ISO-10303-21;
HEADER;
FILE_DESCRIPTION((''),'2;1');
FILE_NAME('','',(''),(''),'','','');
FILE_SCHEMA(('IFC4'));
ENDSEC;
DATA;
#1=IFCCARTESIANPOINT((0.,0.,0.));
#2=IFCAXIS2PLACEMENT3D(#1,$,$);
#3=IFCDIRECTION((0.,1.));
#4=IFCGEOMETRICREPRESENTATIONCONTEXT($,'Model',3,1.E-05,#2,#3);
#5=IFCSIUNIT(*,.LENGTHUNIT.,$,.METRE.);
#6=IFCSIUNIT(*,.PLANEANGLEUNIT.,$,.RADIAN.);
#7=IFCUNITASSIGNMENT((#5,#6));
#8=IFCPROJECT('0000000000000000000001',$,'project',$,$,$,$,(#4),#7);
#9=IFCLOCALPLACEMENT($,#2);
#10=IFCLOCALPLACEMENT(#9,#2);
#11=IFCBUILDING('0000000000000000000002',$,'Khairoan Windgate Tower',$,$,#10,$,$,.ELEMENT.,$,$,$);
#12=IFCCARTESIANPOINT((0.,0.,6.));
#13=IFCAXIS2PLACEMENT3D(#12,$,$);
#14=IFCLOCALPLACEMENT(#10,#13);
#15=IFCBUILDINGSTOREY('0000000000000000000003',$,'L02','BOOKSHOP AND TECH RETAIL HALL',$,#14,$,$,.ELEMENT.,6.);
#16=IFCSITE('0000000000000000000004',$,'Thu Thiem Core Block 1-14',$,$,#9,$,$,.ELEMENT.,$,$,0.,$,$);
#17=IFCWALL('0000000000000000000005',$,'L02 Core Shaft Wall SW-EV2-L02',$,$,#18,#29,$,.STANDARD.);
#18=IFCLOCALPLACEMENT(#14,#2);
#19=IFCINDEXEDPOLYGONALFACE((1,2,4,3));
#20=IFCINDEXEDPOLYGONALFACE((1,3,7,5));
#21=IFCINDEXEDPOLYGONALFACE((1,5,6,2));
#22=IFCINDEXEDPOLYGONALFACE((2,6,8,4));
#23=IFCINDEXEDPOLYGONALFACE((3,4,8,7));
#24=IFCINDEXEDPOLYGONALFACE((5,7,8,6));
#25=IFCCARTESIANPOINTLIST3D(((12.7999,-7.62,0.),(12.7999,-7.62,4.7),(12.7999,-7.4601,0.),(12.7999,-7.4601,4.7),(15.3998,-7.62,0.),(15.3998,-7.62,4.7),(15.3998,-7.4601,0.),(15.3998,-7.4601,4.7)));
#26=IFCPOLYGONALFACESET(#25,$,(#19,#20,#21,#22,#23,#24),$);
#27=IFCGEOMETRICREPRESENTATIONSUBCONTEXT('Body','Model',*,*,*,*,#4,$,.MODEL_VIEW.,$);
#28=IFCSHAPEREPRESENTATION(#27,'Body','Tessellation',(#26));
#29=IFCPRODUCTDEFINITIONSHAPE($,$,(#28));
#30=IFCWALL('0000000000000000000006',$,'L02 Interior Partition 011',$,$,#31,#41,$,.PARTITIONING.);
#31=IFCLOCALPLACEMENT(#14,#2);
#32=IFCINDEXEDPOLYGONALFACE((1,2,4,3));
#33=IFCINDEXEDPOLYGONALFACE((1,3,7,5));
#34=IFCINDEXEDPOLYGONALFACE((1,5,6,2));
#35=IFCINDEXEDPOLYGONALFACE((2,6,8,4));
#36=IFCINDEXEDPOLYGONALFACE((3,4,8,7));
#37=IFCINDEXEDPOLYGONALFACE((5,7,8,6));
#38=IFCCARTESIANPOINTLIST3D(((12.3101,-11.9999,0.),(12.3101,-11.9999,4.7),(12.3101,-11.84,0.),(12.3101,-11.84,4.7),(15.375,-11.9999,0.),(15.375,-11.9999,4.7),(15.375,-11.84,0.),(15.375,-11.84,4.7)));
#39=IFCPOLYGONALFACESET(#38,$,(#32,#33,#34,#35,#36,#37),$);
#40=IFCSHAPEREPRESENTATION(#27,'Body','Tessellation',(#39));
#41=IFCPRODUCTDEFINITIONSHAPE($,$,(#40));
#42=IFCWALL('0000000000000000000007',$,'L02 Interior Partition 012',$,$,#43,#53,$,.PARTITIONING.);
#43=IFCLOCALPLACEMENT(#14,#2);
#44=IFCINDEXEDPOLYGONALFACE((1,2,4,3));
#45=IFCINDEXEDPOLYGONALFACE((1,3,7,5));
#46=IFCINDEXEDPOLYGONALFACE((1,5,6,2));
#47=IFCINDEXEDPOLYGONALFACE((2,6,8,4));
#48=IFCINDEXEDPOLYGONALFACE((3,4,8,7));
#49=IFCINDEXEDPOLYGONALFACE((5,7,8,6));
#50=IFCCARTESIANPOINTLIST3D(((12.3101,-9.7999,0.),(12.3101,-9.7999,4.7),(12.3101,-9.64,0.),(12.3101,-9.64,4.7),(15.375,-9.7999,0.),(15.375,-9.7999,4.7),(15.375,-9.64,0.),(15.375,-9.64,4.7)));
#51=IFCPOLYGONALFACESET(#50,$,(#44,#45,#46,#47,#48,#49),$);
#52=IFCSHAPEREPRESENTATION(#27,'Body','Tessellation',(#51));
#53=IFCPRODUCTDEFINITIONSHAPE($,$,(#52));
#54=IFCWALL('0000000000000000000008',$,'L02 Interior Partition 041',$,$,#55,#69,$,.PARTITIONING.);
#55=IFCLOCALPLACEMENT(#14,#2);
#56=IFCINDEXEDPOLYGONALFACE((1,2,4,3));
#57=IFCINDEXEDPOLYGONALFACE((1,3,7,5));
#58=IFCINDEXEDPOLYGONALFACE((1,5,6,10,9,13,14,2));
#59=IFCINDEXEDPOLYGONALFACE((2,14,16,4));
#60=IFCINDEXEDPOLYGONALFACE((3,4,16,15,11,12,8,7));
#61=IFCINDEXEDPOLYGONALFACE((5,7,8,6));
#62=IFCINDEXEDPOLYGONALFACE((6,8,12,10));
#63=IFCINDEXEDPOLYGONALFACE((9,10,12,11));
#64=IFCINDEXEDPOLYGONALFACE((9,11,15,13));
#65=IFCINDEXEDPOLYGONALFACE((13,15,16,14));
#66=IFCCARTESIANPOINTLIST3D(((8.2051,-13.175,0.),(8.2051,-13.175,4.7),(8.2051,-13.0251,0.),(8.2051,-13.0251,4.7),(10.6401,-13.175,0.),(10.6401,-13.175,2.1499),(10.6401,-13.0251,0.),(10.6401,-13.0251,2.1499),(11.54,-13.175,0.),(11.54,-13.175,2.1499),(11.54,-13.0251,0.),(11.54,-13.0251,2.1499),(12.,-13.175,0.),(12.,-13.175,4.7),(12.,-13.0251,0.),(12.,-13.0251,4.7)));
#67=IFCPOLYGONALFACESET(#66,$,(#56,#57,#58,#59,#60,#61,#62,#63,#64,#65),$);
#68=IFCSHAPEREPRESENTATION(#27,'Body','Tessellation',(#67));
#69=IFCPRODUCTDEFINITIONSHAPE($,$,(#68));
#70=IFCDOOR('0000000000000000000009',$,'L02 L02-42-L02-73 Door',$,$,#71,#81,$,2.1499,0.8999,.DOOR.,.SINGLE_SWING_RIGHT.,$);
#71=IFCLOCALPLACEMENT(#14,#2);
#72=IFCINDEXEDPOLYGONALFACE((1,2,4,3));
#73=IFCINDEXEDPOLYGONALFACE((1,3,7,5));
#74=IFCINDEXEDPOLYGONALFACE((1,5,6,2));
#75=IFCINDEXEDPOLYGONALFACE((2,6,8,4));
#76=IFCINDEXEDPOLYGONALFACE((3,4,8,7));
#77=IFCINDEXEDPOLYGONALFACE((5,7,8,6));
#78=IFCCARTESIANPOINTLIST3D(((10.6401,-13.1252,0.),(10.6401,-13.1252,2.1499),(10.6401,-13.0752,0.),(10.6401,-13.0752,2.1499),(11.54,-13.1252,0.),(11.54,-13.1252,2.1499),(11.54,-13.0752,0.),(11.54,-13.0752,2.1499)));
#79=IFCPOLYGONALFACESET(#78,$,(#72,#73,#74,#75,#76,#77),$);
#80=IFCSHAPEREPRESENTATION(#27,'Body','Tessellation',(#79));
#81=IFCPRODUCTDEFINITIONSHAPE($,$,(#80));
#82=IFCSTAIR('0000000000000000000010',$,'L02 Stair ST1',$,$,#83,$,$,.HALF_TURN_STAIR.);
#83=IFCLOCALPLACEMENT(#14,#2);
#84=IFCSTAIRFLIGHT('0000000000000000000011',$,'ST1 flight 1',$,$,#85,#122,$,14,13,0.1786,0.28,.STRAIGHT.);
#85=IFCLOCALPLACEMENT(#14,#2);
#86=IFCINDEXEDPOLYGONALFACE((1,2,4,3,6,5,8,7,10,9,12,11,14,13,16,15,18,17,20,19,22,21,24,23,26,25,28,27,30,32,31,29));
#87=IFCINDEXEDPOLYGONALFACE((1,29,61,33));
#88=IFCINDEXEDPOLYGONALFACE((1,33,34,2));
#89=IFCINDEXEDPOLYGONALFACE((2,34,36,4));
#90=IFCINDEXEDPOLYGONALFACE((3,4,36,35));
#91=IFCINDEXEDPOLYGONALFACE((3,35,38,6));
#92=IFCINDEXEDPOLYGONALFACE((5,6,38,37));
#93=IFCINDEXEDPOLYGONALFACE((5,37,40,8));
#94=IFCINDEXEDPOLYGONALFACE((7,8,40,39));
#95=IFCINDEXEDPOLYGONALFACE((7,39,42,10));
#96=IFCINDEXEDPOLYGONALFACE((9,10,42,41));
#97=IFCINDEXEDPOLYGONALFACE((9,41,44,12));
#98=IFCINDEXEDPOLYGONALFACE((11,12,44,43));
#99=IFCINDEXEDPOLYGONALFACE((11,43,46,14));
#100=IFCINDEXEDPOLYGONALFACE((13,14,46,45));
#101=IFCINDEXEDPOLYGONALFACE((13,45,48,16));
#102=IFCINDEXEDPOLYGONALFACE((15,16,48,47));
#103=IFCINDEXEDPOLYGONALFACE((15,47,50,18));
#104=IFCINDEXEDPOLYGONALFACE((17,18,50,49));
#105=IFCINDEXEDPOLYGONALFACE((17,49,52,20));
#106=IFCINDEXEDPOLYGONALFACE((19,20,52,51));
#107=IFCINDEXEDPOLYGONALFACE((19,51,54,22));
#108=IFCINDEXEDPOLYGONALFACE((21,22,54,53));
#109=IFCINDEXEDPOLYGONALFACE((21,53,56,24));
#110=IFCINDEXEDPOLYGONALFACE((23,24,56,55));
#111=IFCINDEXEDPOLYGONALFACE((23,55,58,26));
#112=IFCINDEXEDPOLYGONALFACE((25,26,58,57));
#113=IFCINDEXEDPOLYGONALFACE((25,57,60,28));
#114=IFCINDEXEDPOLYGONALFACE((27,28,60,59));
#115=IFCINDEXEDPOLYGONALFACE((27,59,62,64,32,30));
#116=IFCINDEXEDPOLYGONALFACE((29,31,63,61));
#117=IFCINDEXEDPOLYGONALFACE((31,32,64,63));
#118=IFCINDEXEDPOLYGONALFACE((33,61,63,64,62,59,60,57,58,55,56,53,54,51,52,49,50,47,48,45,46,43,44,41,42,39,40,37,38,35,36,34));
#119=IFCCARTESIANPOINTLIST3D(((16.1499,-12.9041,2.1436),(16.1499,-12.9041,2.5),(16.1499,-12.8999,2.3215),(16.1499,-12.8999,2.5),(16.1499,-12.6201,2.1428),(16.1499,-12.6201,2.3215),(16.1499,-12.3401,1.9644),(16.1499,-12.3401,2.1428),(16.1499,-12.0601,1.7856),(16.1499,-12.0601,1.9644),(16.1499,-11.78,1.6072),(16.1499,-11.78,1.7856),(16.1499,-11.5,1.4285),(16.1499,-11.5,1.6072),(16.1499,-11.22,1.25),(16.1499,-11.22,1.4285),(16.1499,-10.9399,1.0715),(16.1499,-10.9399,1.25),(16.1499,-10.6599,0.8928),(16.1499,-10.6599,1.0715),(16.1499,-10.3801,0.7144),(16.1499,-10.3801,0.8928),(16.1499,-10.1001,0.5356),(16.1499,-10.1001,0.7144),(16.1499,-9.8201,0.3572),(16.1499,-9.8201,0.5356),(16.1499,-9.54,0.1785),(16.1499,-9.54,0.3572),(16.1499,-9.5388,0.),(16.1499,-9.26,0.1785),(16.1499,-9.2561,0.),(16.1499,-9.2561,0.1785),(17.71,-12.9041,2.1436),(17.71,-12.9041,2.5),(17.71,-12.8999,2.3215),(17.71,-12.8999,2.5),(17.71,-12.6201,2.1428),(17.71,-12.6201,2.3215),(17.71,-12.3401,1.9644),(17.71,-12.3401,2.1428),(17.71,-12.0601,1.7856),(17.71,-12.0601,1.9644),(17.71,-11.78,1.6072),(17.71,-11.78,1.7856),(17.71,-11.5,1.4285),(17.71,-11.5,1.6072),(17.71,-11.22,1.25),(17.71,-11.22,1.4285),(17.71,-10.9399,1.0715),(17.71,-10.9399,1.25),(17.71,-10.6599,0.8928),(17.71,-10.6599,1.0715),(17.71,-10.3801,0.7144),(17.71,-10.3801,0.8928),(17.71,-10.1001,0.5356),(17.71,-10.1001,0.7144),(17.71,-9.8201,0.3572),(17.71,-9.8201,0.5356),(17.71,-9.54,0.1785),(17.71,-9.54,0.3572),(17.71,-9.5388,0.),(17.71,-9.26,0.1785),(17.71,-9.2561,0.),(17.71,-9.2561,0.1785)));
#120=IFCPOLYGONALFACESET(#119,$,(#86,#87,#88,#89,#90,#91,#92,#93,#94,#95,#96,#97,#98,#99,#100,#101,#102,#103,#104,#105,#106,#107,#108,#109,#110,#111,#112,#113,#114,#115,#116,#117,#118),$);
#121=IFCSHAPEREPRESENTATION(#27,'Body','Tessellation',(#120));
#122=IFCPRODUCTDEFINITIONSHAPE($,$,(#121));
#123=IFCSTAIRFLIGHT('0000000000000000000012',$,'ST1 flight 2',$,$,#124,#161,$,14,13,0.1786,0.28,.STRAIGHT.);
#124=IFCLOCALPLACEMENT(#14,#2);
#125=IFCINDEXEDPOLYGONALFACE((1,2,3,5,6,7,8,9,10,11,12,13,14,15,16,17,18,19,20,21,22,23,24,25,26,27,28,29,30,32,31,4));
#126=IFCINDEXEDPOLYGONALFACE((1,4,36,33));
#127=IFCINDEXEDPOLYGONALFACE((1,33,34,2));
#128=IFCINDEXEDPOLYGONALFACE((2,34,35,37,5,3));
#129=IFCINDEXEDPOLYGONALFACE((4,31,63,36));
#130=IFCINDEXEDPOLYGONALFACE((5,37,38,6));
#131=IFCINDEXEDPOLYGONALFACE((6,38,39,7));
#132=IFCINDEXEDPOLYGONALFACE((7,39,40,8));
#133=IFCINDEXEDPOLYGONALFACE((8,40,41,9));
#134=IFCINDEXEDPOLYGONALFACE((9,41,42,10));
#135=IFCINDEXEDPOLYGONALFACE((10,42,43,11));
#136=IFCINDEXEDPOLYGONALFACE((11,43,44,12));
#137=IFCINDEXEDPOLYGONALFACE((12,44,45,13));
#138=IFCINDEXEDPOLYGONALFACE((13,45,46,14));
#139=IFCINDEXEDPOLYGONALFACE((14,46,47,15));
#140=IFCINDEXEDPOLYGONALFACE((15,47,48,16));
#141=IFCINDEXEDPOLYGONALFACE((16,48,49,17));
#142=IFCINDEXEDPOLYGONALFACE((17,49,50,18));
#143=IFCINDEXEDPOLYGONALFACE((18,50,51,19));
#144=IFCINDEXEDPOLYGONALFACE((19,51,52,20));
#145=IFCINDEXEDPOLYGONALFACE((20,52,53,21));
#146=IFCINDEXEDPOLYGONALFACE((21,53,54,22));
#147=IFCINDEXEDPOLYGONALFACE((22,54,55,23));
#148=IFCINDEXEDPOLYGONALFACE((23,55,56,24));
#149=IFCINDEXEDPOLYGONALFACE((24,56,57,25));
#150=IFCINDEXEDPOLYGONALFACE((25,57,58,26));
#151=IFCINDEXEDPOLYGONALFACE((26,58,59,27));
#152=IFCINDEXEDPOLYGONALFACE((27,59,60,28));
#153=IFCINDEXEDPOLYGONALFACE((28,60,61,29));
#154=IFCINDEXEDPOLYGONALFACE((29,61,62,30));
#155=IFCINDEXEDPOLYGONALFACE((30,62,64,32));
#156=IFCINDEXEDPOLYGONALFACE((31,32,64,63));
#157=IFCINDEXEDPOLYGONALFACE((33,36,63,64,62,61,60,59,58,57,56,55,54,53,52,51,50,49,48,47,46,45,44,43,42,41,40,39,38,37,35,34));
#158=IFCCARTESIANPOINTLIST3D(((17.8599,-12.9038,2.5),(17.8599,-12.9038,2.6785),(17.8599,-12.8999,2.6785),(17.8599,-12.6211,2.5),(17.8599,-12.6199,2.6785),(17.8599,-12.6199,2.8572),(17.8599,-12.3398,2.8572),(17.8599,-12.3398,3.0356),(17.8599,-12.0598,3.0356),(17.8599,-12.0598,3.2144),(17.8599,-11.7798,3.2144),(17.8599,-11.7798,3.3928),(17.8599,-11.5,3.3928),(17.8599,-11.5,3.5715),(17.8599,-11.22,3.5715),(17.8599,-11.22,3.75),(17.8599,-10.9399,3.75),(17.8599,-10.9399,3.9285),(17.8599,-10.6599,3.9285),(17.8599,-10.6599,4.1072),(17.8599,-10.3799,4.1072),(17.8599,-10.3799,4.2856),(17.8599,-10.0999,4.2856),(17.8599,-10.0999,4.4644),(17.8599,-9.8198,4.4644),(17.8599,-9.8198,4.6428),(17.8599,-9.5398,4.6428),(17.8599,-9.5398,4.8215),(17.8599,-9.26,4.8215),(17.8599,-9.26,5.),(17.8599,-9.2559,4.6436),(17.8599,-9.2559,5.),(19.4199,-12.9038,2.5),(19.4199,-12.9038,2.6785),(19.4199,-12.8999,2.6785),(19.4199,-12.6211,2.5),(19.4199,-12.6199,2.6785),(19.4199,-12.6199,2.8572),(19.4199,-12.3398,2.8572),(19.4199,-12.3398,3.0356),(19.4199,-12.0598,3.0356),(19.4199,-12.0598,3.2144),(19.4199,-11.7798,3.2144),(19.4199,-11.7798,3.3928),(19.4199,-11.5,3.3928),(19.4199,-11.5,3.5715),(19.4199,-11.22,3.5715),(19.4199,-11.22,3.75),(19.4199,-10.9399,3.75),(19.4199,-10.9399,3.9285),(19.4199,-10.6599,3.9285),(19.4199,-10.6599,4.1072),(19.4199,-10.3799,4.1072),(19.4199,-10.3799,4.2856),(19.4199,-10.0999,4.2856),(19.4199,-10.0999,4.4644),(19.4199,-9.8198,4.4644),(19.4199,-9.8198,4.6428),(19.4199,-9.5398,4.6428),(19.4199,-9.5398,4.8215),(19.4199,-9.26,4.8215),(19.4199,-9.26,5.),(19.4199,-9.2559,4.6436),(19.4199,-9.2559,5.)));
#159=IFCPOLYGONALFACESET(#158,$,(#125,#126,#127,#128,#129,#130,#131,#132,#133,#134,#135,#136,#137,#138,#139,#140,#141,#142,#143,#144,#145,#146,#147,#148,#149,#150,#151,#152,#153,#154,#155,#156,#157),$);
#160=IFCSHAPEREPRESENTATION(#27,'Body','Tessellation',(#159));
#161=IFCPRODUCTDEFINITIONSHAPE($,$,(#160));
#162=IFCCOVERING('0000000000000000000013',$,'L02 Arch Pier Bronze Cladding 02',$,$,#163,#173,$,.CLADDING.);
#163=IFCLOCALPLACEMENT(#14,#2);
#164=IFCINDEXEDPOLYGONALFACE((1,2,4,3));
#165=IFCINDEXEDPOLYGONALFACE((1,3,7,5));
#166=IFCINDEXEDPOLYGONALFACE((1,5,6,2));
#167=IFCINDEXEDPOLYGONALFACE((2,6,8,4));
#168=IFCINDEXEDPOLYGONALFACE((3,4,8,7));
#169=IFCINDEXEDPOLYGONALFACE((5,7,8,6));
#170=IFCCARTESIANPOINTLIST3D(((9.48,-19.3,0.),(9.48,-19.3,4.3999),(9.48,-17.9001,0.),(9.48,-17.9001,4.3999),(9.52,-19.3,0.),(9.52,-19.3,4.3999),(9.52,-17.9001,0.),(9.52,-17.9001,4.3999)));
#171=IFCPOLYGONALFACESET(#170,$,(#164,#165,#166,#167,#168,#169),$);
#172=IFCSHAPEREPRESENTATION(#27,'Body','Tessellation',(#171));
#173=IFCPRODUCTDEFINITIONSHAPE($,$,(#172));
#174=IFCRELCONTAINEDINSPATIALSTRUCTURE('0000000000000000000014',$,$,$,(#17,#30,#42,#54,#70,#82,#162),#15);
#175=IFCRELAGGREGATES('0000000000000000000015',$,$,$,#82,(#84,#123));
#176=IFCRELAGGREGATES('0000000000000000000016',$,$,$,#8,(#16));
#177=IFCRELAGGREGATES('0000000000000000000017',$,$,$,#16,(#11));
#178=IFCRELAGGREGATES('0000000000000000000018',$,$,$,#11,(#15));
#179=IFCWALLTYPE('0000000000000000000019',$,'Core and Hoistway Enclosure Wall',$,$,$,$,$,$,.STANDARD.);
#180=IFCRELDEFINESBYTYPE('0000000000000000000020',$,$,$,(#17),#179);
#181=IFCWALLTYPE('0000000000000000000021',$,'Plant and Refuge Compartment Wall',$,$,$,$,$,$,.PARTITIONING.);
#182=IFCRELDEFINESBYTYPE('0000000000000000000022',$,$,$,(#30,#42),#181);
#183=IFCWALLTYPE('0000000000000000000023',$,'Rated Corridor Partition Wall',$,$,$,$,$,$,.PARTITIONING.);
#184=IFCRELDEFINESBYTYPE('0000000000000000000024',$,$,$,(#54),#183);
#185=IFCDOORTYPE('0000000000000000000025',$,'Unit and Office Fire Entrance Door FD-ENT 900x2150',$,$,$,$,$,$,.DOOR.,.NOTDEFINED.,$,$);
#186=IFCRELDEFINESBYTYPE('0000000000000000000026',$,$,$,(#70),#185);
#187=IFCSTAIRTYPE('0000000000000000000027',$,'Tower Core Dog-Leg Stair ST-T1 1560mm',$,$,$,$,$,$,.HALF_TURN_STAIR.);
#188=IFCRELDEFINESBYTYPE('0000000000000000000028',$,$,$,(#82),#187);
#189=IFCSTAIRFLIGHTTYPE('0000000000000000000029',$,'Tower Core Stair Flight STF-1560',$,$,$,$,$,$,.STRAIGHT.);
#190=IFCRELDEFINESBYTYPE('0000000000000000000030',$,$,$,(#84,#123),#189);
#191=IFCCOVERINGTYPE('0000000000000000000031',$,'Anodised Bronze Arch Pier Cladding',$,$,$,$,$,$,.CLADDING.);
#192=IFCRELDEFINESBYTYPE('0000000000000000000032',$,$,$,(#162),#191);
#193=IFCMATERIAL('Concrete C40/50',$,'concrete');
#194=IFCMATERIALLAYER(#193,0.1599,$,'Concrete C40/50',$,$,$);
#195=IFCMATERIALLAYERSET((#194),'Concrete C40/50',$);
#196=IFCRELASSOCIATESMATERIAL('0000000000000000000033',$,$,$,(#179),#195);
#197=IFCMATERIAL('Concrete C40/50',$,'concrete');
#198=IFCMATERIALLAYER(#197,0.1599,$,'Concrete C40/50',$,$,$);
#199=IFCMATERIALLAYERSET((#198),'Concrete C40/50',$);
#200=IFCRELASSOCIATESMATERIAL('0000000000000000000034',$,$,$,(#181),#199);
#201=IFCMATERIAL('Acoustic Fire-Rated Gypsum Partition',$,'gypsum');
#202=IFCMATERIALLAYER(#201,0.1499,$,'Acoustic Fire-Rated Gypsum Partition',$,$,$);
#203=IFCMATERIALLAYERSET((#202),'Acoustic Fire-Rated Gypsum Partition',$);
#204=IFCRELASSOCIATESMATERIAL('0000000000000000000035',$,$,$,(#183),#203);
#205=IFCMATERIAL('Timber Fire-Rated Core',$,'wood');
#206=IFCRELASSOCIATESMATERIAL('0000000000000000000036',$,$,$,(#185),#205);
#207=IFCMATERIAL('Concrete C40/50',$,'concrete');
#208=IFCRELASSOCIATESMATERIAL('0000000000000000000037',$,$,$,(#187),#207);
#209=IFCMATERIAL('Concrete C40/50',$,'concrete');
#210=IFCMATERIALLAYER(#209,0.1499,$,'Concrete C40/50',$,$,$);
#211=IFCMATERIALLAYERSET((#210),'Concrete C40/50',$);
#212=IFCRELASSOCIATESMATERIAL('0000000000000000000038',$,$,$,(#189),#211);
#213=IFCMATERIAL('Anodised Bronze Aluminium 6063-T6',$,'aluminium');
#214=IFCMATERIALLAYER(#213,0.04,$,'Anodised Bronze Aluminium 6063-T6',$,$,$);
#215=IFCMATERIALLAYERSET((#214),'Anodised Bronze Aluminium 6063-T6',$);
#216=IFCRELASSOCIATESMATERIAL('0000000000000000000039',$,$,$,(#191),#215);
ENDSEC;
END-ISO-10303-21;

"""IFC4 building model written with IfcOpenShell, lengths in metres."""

from ifc_helpers import new_model, si_unit, direction, frame, frame_2d, origin, origin_2d, place, context, subcontext, project, spatial, polyline, rectangle, outline, extrude, material, layer, layer_set, type_object, element, fill, aggregate, save


model = new_model("IFC4")

# Units and contexts
model_context = context("Model", 3, precision=1e-05, world=origin(), true_north=direction((0.0, 1.0)))
body_context = subcontext(model_context, "Body", "Model", "MODEL_VIEW")
ifc_project = project(units=[si_unit("LENGTHUNIT", "METRE"), si_unit("PLANEANGLEUNIT", "RADIAN")], contexts=[model_context])

# Site, building, storey
site_placement = place(None, origin())
site = spatial("IfcSite", under=ifc_project, at=site_placement, Name="Thu Thiem Core Block 1-14", CompositionType="ELEMENT", RefElevation=0.0)
building_placement = place(site_placement, origin())
building = spatial("IfcBuilding", under=site, at=building_placement, Name="Khairoan Windgate Tower", CompositionType="ELEMENT")
storey_placement = place(building_placement, frame((0.0, 0.0, 6.0)))
storey = spatial("IfcBuildingStorey", under=building, at=storey_placement, Name="L02", Description="BOOKSHOP AND TECH RETAIL HALL", CompositionType="ELEMENT", Elevation=6.0)

# Walls
ifc_material_1 = material(Name="Concrete C40/50", Category="concrete")
ifc_layer_1 = layer(ifc_material_1, 0.1599, Name="Concrete C40/50")
ifc_layer_set_1 = layer_set([ifc_layer_1], Name="Concrete C40/50")
wall_type_1 = type_object("IfcWallType", Name="Core and Hoistway Enclosure Wall", PredefinedType="STANDARD", material=ifc_layer_set_1)
for number, where, z_axis, x_axis, name in (
    (1, (12.8, -7.54, 0.0), (0.0, 0.0, 1.0), (1.0, 0.0, 0.0), "L02 Core Shaft Wall SW-EV2-L02"),
):
    element("IfcWall", number, at=place(storey_placement, frame(where, z_axis=z_axis, x_axis=x_axis)), inside=storey, type_object=wall_type_1, Name=name, PredefinedType="STANDARD", context=body_context, shape_type="SweptSolid", body=[
        extrude(rectangle(XDim=2.5999, YDim=0.1599, at=frame_2d((1.2998, 0.0))), origin(), (0.0, 0.0, 1.0), 4.7),
    ])
ifc_material_2 = material(Name="Concrete C40/50", Category="concrete")
ifc_layer_2 = layer(ifc_material_2, 0.1599, Name="Concrete C40/50")
ifc_layer_set_2 = layer_set([ifc_layer_2], Name="Concrete C40/50")
wall_type_2 = type_object("IfcWallType", Name="Plant and Refuge Compartment Wall", PredefinedType="PARTITIONING", material=ifc_layer_set_2)
for number, where, z_axis, x_axis, name in (
    (2, (12.3101, -11.9199, 0.0), (0.0, 0.0, 1.0), (1.0, 0.0, 0.0), "L02 Interior Partition 011"),
    (3, (12.3101, -9.72, 0.0), (0.0, 0.0, 1.0), (1.0, 0.0, 0.0), "L02 Interior Partition 012"),
):
    element("IfcWall", number, at=place(storey_placement, frame(where, z_axis=z_axis, x_axis=x_axis)), inside=storey, type_object=wall_type_2, Name=name, PredefinedType="PARTITIONING", context=body_context, shape_type="SweptSolid", body=[
        extrude(rectangle(XDim=3.0649, YDim=0.1599, at=frame_2d((1.5325, 0.0))), origin(), (0.0, 0.0, 1.0), 4.7),
    ])

# Wall, opening, door
ifc_material_3 = material(Name="Acoustic Fire-Rated Gypsum Partition", Category="gypsum")
ifc_layer_3 = layer(ifc_material_3, 0.1499, Name="Acoustic Fire-Rated Gypsum Partition")
ifc_layer_set_3 = layer_set([ifc_layer_3], Name="Acoustic Fire-Rated Gypsum Partition")
wall_type_3 = type_object("IfcWallType", Name="Rated Corridor Partition Wall", PredefinedType="PARTITIONING", material=ifc_layer_set_3)
wall_placement = place(storey_placement, frame((8.2051, -13.1001, 0.0), z_axis=(0.0, 0.0, 1.0), x_axis=(1.0, 0.0, 0.0)))
wall = element("IfcWall", 4, at=wall_placement, inside=storey, type_object=wall_type_3, Name="L02 Interior Partition 041", PredefinedType="PARTITIONING", context=body_context, shape_type="SweptSolid", body=[
    extrude(rectangle(XDim=3.7949, YDim=0.1499, at=frame_2d((1.8975, 0.0))), origin(), (0.0, 0.0, 1.0), 4.7),
])
opening_placement = place(wall_placement, frame((2.4351, 0.0, 0.0)))
opening = element("IfcOpeningElement", 5, at=opening_placement, cuts=wall, PredefinedType="OPENING", context=body_context, shape_type="SweptSolid", body=[
    extrude(rectangle(XDim=0.8999, YDim=2.1499, at=frame_2d((0.45, 1.075))), frame((0.0, 0.085, 0.0), z_axis=(0.0, -1.0, 0.0), x_axis=(1.0, 0.0, 0.0)), (0.0, 0.0, 1.0), 0.1699),
])
ifc_material_4 = material(Name="Timber Fire-Rated Core", Category="wood")
door_type = type_object("IfcDoorType", Name="Unit and Office Fire Entrance Door FD-ENT 900x2150", OperationType="NOTDEFINED", PredefinedType="DOOR", material=ifc_material_4)
door_placement = place(opening_placement, origin())
door = element("IfcDoor", 6, at=door_placement, inside=storey, type_object=door_type, Name="L02 L02-42-L02-73 Door", OperationType="SINGLE_SWING_RIGHT", OverallHeight=2.1499, OverallWidth=0.8999, PredefinedType="DOOR", context=body_context, shape_type="SweptSolid", body=[
    extrude(rectangle(XDim=0.8999, YDim=2.1499, at=frame_2d((0.45, 1.075))), frame((0.0, 0.0249, 0.0), z_axis=(0.0, -1.0, 0.0), x_axis=(1.0, 0.0, 0.0)), (0.0, 0.0, 1.0), 0.05),
])
fill(opening, door)

# Stair, stair flights
ifc_material_5 = material(Name="Concrete C40/50", Category="concrete")
stair_type = type_object("IfcStairType", Name="Tower Core Dog-Leg Stair ST-T1 1560mm", PredefinedType="HALF_TURN_STAIR", material=ifc_material_5)
stair_placement = place(storey_placement, origin())
stair = element("IfcStair", 7, at=stair_placement, inside=storey, type_object=stair_type, Name="L02 Stair ST1", PredefinedType="HALF_TURN_STAIR")
ifc_material_6 = material(Name="Concrete C40/50", Category="concrete")
ifc_layer_4 = layer(ifc_material_6, 0.1499, Name="Concrete C40/50")
ifc_layer_set_4 = layer_set([ifc_layer_4], Name="Concrete C40/50")
stair_flight_type = type_object("IfcStairFlightType", Name="Tower Core Stair Flight STF-1560", PredefinedType="STRAIGHT", material=ifc_layer_set_4)
stair_flight_1_placement = place(storey_placement, frame((16.9299, -9.26, 0.0), z_axis=(0.0, 0.0, 1.0), x_axis=(0.0, -1.0, 0.0)))
stair_flight_1 = element("IfcStairFlight", 8, at=stair_flight_1_placement, type_object=stair_flight_type, Name="ST1 flight 1", NumberOfRisers=14, NumberOfTreads=13, PredefinedType="STRAIGHT", RiserHeight=0.1786, TreadLength=0.28, context=body_context, shape_type="SweptSolid", body=[
    extrude(outline(polyline([(-0.0039, 0.0), (-0.0039, 0.1785), (0.0, 0.1785), (0.28, 0.1785), (0.28, 0.3572), (0.5601, 0.3572), (0.5601, 0.5356), (0.8401, 0.5356), (0.8401, 0.7144), (1.1201, 0.7144), (1.1201, 0.8928), (1.3999, 0.8928), (1.3999, 1.0715), (1.6799, 1.0715), (1.6799, 1.25), (1.96, 1.25), (1.96, 1.4285), (2.24, 1.4285), (2.24, 1.6072), (2.52, 1.6072), (2.52, 1.7856), (2.8, 1.7856), (2.8, 1.9644), (3.0801, 1.9644), (3.0801, 2.1428), (3.3601, 2.1428), (3.3601, 2.3215), (3.6399, 2.3215), (3.6399, 2.5), (3.644, 2.5), (3.644, 2.1436), (0.2788, 0.0), (-0.0039, 0.0)])), frame((0.0, 0.78, 0.0), z_axis=(0.0, -1.0, 0.0), x_axis=(1.0, 0.0, 0.0)), (0.0, 0.0, 1.0), 1.5601),
])
stair_flight_2_placement = place(storey_placement, frame((18.6399, -12.8999, 2.5), z_axis=(0.0, 0.0, 1.0), x_axis=(0.0, 1.0, 0.0)))
stair_flight_2 = element("IfcStairFlight", 9, at=stair_flight_2_placement, type_object=stair_flight_type, Name="ST1 flight 2", NumberOfRisers=14, NumberOfTreads=13, PredefinedType="STRAIGHT", RiserHeight=0.1786, TreadLength=0.28, context=body_context, shape_type="SweptSolid", body=[
    extrude(outline(polyline([(-0.0039, 0.0), (-0.0039, 0.1785), (0.0, 0.1785), (0.28, 0.1785), (0.28, 0.3572), (0.5601, 0.3572), (0.5601, 0.5356), (0.8401, 0.5356), (0.8401, 0.7144), (1.1201, 0.7144), (1.1201, 0.8928), (1.3999, 0.8928), (1.3999, 1.0715), (1.6799, 1.0715), (1.6799, 1.25), (1.96, 1.25), (1.96, 1.4285), (2.24, 1.4285), (2.24, 1.6072), (2.52, 1.6072), (2.52, 1.7856), (2.8, 1.7856), (2.8, 1.9644), (3.0801, 1.9644), (3.0801, 2.1428), (3.3601, 2.1428), (3.3601, 2.3215), (3.6399, 2.3215), (3.6399, 2.5), (3.644, 2.5), (3.644, 2.1436), (0.2788, 0.0), (-0.0039, 0.0)])), frame((0.0, 0.78, 0.0), z_axis=(0.0, -1.0, 0.0), x_axis=(1.0, 0.0, 0.0)), (0.0, 0.0, 1.0), 1.5601),
])
aggregate(stair, [stair_flight_1, stair_flight_2])

# Covering
ifc_material_7 = material(Name="Anodised Bronze Aluminium 6063-T6", Category="aluminium")
ifc_layer_5 = layer(ifc_material_7, 0.04, Name="Anodised Bronze Aluminium 6063-T6")
ifc_layer_set_5 = layer_set([ifc_layer_5], Name="Anodised Bronze Aluminium 6063-T6")
covering_type = type_object("IfcCoveringType", Name="Anodised Bronze Arch Pier Cladding", PredefinedType="CLADDING", material=ifc_layer_set_5)
covering_placement = place(storey_placement, frame((9.5, -18.6001, 0.0), z_axis=(0.0, 0.0, 1.0), x_axis=(1.0, 0.0, 0.0)))
element("IfcCovering", 10, at=covering_placement, inside=storey, type_object=covering_type, Name="L02 Arch Pier Bronze Cladding 02", PredefinedType="CLADDING", context=body_context, shape_type="SweptSolid", body=[
    extrude(rectangle(XDim=0.04, YDim=1.3999, at=origin_2d()), origin(), (0.0, 0.0, 1.0), 4.3999),
])

save(model, "model.ifc")
